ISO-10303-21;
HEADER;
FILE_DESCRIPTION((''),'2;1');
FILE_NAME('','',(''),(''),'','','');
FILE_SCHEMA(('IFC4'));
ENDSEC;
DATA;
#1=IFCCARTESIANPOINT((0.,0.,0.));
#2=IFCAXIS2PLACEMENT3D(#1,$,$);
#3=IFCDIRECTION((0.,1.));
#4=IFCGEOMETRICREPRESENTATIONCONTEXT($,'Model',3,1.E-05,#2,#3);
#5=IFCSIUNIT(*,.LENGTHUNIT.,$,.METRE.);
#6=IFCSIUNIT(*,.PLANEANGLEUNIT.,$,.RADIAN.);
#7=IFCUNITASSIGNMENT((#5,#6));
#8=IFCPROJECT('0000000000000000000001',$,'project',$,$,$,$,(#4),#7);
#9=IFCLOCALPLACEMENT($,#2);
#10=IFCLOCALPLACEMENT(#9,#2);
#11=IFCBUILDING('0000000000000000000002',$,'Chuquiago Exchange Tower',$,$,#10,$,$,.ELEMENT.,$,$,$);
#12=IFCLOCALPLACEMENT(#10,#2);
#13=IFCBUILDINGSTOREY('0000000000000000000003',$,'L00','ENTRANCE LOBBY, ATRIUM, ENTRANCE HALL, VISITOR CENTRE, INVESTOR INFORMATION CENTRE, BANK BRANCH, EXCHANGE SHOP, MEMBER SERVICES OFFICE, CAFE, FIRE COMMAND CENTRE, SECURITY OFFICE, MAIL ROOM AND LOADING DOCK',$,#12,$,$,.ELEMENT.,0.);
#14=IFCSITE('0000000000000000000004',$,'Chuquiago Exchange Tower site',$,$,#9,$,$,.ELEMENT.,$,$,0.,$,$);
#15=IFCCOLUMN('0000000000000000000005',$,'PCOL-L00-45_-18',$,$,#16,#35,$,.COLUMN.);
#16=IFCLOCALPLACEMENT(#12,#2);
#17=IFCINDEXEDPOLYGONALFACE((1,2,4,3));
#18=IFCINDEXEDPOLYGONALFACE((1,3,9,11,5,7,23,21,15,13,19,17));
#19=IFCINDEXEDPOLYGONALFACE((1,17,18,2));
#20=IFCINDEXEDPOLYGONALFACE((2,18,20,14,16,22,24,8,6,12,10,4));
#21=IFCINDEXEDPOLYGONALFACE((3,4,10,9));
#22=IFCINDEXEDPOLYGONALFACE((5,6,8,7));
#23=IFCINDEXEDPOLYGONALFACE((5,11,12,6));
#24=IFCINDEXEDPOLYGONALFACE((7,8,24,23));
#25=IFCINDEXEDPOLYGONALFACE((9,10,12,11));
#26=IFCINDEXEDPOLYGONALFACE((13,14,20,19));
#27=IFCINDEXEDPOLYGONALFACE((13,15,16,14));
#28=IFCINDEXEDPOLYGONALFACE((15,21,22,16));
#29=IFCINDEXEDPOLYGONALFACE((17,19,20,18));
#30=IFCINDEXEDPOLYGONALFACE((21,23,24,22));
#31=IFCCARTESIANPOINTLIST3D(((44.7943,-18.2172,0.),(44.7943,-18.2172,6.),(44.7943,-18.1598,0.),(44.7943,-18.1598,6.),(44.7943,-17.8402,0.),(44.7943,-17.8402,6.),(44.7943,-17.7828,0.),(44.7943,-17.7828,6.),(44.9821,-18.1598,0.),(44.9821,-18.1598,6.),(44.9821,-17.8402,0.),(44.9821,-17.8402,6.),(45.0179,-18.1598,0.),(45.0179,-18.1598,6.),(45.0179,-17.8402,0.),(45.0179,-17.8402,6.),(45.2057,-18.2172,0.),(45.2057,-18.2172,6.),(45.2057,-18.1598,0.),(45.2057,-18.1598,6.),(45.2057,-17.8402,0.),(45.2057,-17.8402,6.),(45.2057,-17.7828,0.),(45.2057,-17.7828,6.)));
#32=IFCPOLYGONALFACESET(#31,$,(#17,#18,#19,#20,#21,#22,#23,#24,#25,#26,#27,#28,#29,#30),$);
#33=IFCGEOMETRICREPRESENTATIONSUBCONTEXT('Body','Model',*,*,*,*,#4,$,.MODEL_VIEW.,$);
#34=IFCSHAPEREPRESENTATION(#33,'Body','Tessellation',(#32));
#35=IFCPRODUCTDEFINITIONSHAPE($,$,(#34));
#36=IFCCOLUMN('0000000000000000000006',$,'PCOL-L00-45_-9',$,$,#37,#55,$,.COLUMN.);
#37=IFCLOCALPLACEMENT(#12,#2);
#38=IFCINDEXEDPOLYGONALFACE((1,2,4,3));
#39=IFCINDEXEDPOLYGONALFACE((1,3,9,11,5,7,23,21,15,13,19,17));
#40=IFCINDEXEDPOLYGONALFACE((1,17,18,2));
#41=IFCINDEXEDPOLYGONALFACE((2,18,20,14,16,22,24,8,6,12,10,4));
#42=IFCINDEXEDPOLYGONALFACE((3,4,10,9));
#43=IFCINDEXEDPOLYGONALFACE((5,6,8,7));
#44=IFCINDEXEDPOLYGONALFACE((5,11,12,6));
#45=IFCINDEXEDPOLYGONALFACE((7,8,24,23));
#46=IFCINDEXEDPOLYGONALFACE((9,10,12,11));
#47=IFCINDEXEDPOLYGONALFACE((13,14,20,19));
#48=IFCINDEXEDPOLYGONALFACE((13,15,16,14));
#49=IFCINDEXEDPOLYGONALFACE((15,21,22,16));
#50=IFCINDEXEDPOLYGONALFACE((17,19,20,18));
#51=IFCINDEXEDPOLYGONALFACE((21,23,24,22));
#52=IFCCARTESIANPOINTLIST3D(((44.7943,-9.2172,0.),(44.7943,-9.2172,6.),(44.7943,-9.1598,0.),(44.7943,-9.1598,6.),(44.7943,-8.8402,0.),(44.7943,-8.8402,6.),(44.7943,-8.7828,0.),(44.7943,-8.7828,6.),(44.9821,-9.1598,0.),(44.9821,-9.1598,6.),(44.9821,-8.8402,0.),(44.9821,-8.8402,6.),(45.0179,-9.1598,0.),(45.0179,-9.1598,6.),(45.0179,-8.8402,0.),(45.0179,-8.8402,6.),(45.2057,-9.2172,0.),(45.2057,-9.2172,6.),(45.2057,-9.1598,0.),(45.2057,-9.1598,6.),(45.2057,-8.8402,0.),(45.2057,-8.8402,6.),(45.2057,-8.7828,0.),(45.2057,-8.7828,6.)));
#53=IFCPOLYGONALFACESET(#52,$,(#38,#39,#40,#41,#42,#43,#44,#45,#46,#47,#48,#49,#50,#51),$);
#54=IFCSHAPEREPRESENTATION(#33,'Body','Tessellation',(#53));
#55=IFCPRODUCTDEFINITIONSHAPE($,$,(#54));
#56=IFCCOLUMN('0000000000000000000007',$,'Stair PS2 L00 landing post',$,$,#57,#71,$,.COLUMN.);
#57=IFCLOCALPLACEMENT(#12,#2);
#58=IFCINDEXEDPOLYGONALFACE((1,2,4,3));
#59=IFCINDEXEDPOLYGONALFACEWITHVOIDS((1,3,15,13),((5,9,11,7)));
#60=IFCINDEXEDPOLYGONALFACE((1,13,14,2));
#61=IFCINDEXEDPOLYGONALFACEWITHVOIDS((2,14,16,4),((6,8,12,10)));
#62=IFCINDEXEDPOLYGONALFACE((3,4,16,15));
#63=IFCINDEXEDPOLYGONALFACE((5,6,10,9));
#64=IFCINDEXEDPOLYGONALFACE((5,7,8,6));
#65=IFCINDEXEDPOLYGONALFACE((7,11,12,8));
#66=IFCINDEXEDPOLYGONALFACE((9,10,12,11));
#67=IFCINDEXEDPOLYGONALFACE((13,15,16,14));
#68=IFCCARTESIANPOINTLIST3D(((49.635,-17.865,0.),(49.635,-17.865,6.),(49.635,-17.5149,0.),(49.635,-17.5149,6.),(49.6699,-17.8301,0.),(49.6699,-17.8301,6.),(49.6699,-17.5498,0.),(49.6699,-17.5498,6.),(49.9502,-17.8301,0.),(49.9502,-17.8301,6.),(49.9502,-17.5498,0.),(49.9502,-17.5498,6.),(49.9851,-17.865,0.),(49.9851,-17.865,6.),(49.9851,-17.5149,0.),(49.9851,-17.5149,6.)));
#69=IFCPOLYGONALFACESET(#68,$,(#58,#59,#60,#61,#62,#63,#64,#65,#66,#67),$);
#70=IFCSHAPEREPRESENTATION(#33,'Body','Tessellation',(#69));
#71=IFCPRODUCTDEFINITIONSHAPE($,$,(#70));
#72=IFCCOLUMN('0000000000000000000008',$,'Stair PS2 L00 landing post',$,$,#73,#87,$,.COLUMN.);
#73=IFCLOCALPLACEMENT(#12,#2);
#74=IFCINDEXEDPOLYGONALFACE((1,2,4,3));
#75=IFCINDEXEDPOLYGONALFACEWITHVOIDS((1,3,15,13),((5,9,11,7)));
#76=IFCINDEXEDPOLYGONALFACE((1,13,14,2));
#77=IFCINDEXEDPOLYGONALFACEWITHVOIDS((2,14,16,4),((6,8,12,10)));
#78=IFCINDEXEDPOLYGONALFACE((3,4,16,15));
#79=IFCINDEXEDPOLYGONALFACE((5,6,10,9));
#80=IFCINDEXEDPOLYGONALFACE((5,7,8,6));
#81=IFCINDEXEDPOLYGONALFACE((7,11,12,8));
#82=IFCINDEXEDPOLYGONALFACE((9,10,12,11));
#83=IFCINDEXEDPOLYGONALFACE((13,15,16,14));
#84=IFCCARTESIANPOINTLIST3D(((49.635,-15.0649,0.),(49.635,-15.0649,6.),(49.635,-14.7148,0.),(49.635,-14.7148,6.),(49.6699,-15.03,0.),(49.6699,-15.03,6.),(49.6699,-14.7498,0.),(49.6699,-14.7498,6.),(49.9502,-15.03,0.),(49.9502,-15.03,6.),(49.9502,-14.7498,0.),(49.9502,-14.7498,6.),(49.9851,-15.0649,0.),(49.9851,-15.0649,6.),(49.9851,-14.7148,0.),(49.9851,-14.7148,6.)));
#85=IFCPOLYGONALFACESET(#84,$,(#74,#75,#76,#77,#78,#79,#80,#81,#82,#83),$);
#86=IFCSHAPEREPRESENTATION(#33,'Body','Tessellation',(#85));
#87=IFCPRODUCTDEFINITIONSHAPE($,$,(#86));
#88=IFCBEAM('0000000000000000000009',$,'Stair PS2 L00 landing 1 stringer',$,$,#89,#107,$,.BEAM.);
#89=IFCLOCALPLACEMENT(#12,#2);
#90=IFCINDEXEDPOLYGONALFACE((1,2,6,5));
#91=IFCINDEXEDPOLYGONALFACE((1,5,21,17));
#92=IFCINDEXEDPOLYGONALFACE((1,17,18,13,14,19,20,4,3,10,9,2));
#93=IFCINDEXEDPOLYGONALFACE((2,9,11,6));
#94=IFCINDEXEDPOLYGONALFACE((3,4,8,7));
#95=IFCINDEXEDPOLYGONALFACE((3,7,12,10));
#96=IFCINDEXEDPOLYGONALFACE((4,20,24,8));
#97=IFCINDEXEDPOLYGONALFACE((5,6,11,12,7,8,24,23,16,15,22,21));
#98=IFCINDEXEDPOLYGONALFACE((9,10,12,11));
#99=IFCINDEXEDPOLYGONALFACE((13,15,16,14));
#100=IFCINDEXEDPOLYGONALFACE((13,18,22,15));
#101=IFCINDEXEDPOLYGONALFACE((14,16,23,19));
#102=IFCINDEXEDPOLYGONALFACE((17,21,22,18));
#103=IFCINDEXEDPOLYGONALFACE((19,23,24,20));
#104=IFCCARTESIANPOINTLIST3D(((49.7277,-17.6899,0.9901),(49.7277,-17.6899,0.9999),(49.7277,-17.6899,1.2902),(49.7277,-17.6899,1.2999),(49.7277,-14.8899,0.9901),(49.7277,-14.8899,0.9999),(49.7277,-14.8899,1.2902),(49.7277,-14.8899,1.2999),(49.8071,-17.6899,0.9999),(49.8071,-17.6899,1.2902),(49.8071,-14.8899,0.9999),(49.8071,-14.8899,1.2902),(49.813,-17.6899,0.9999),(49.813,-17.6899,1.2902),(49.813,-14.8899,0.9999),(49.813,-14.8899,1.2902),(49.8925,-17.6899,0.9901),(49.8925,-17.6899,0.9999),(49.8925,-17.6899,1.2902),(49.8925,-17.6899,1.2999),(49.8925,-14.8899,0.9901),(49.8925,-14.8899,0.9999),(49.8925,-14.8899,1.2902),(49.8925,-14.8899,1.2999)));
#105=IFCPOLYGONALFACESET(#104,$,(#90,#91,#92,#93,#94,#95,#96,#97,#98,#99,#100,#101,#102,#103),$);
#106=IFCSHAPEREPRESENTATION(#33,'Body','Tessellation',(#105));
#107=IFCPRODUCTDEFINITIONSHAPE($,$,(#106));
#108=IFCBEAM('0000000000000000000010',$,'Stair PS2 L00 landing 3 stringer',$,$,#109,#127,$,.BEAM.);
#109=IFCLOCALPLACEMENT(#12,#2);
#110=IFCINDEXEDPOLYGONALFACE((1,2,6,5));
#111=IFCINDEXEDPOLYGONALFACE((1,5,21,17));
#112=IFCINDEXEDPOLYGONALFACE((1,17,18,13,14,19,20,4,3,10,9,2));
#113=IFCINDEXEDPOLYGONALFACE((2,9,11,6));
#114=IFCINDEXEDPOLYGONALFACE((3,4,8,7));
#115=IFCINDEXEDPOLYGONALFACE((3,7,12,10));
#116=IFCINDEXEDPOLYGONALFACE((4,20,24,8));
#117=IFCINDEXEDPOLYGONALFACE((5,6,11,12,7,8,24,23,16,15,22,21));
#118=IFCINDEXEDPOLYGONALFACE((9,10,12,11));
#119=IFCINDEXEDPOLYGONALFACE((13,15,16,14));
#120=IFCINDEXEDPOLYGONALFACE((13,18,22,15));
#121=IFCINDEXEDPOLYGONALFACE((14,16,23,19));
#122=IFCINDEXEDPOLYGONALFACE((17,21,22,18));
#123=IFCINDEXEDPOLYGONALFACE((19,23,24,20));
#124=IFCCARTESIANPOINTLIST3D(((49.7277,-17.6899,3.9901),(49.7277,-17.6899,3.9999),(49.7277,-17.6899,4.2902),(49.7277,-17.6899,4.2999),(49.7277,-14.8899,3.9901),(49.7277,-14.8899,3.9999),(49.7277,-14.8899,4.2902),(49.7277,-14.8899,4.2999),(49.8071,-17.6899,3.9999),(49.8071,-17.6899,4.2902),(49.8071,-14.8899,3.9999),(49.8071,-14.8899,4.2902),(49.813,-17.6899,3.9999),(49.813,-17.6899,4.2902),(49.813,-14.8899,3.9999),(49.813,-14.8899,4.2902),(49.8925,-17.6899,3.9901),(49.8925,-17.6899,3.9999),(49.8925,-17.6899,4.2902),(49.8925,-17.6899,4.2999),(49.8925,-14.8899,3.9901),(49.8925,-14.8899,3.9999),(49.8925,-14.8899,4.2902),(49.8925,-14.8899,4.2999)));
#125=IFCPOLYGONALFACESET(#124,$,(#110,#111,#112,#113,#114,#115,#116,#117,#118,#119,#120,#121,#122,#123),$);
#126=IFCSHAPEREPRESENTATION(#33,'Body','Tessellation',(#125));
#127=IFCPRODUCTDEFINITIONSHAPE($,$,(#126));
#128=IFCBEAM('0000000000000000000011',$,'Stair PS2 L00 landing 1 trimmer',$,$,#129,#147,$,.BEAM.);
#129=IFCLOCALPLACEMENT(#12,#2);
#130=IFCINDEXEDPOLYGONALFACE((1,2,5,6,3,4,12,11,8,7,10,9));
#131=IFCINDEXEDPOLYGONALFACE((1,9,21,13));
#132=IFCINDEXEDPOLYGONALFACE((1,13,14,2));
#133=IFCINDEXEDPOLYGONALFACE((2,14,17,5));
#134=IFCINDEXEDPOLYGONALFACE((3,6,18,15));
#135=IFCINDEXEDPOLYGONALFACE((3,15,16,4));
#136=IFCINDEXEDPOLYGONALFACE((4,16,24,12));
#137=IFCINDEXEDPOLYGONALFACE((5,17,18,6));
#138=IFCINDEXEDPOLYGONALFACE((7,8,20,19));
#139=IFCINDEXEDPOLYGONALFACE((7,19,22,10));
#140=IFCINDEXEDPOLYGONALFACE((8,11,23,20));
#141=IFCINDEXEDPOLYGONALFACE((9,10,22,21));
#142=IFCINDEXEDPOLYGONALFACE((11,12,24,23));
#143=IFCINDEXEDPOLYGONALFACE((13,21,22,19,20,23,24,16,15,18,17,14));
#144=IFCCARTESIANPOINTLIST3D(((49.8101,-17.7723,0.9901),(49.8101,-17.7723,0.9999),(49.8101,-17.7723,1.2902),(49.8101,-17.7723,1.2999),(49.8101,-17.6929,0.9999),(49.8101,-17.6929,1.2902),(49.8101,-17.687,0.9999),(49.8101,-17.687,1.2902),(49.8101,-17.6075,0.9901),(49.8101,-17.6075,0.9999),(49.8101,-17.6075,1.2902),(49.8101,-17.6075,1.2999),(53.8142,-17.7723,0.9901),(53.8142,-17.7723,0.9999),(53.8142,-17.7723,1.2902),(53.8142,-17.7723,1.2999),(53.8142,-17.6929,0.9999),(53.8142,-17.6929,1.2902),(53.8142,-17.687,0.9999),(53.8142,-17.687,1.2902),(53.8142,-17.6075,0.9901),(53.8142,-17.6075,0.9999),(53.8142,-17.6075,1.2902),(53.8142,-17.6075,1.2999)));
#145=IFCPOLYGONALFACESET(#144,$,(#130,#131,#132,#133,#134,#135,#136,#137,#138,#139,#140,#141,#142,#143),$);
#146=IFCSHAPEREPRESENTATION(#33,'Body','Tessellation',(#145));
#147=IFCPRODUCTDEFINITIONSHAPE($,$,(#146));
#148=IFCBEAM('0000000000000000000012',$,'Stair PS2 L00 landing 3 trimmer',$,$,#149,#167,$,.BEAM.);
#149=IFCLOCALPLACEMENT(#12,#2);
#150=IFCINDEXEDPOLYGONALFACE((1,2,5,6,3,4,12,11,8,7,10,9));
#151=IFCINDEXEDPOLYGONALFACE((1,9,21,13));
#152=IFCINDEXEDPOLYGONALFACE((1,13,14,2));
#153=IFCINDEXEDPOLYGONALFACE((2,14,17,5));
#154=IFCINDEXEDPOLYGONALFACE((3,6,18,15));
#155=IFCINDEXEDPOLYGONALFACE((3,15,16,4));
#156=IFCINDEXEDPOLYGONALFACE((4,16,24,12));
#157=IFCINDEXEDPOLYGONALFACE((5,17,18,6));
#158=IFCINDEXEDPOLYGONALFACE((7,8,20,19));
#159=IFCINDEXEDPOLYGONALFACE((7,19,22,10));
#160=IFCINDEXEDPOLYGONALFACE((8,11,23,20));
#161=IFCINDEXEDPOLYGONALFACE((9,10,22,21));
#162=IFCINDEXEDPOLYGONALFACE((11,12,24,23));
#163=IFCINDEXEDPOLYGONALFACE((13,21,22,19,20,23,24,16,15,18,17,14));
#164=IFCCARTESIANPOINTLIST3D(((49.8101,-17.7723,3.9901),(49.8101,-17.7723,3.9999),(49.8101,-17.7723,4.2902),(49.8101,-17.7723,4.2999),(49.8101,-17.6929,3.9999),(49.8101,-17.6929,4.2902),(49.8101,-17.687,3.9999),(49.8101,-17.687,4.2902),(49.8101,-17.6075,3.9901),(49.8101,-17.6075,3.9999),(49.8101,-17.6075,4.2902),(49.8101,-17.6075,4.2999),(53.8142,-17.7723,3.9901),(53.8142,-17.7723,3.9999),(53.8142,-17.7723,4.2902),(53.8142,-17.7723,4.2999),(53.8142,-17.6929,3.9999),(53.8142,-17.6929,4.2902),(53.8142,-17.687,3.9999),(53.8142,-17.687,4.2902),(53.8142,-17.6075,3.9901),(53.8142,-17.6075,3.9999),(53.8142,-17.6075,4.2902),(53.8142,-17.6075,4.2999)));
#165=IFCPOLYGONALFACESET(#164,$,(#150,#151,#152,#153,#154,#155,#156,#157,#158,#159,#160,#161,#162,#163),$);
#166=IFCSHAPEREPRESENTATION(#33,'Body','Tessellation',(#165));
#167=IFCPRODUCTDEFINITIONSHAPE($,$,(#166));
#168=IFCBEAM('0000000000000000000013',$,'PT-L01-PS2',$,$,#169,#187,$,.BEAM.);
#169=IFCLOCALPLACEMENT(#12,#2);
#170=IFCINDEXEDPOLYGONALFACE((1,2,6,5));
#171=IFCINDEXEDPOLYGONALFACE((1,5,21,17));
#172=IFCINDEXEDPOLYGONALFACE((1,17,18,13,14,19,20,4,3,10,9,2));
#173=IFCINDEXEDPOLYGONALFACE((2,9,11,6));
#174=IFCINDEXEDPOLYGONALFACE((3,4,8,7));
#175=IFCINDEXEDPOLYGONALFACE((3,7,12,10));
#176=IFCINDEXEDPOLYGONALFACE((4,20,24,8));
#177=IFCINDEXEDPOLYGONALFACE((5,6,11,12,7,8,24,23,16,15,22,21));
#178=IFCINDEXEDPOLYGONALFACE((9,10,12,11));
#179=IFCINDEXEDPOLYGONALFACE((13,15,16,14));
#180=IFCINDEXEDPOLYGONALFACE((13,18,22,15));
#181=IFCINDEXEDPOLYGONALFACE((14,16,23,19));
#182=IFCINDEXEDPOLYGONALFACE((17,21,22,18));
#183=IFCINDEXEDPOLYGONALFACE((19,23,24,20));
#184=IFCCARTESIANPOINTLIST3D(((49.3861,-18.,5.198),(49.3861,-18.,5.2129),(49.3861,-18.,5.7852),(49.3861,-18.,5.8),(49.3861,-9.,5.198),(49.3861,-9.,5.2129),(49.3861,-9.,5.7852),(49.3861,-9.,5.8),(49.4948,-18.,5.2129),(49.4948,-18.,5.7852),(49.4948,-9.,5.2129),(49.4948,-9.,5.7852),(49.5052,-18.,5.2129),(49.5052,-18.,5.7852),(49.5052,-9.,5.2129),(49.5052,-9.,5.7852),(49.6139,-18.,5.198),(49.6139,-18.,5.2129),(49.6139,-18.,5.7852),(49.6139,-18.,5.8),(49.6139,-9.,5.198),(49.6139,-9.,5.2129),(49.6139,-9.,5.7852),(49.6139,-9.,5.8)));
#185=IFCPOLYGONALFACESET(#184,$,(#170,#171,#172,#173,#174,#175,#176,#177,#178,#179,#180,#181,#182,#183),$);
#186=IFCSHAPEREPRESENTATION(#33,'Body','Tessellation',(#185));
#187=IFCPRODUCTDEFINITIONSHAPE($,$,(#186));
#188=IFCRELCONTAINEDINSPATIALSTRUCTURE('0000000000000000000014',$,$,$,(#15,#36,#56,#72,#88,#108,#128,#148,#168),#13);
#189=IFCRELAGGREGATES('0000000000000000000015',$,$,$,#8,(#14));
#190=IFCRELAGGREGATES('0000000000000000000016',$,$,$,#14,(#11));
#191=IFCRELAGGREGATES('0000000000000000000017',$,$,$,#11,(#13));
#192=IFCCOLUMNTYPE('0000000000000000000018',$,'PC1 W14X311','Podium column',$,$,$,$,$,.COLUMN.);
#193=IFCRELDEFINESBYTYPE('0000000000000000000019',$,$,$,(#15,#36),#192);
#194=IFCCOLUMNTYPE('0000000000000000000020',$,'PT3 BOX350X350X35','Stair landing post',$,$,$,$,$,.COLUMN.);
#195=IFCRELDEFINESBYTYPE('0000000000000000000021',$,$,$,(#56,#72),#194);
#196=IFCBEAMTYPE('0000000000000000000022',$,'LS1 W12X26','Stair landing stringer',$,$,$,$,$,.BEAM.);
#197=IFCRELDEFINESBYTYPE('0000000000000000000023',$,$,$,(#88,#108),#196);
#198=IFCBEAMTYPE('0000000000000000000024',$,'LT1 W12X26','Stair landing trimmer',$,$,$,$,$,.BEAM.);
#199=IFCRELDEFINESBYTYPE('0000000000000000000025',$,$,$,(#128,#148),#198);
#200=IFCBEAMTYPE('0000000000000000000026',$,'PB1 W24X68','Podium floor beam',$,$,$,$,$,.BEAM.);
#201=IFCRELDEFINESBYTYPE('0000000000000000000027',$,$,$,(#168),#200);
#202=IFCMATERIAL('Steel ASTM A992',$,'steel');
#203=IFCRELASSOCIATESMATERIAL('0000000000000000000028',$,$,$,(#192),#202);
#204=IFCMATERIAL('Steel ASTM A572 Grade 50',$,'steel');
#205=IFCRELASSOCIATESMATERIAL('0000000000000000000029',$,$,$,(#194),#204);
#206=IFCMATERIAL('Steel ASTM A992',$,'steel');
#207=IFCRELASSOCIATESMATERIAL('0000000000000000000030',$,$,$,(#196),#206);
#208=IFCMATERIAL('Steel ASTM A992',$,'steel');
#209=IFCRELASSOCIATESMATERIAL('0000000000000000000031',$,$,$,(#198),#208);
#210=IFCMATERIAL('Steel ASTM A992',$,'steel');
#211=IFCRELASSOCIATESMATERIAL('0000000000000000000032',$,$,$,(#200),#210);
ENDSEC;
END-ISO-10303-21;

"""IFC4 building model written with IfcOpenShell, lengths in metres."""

from ifc_helpers import new_model, si_unit, direction, frame, origin, origin_2d, place, context, subcontext, project, spatial, hollow_rectangle, i_section, extrude, material, material_profile, profile_set, type_object, element, save


model = new_model("IFC4")

# Units and contexts
model_context = context("Model", 3, precision=1e-05, world=origin(), true_north=direction((0.0, 1.0)))
body_context = subcontext(model_context, "Body", "Model", "MODEL_VIEW")
ifc_project = project(units=[si_unit("LENGTHUNIT", "METRE"), si_unit("PLANEANGLEUNIT", "RADIAN")], contexts=[model_context])

# Site, building, storey
site_placement = place(None, origin())
site = spatial("IfcSite", under=ifc_project, at=site_placement, Name="Chuquiago Exchange Tower site", CompositionType="ELEMENT", RefElevation=0.0)
building_placement = place(site_placement, origin())
building = spatial("IfcBuilding", under=site, at=building_placement, Name="Chuquiago Exchange Tower", CompositionType="ELEMENT")
storey_placement = place(building_placement, origin())
storey = spatial("IfcBuildingStorey", under=building, at=storey_placement, Name="L00", Description="ENTRANCE LOBBY, ATRIUM, ENTRANCE HALL, VISITOR CENTRE, INVESTOR INFORMATION CENTRE, BANK BRANCH, EXCHANGE SHOP, MEMBER SERVICES OFFICE, CAFE, FIRE COMMAND CENTRE, SECURITY OFFICE, MAIL ROOM AND LOADING DOCK", CompositionType="ELEMENT", Elevation=0.0)

# Columns
ifc_material_1 = material(Name="Steel ASTM A992", Category="steel")
ifc_material_profile_1 = material_profile(ifc_material_1, i_section(OverallWidth=0.4114, OverallDepth=0.4343, WebThickness=0.0359, FlangeThickness=0.0574, at=origin_2d()), Name="W14X311")
ifc_profile_set_1 = profile_set([ifc_material_profile_1], Name="Steel ASTM A992")
column_type_1 = type_object("IfcColumnType", Name="PC1 W14X311", Description="Podium column", PredefinedType="COLUMN", material=ifc_profile_set_1)
for number, where, z_axis, x_axis, name in (
    (1, (45.0, -18.0, 0.0), (0.0, 0.0, 1.0), (1.0, 0.0, 0.0), "PCOL-L00-45_-18"),
    (2, (45.0, -9.0, 0.0), (0.0, 0.0, 1.0), (1.0, 0.0, 0.0), "PCOL-L00-45_-9"),
):
    element("IfcColumn", number, at=place(storey_placement, frame(where, z_axis=z_axis, x_axis=x_axis)), inside=storey, type_object=column_type_1, Name=name, PredefinedType="COLUMN", context=body_context, shape_type="SweptSolid", body=[
        extrude(i_section(OverallWidth=0.4114, OverallDepth=0.4343, WebThickness=0.0359, FlangeThickness=0.0574, at=origin_2d()), origin(), (0.0, 0.0, 1.0), 6.0),
    ])
ifc_material_2 = material(Name="Steel ASTM A572 Grade 50", Category="steel")
ifc_material_profile_2 = material_profile(ifc_material_2, hollow_rectangle(XDim=0.3501, YDim=0.3501, WallThickness=0.0349, at=origin_2d()), Name="BOX350X350X35")
ifc_profile_set_2 = profile_set([ifc_material_profile_2], Name="Steel ASTM A572 Grade 50")
column_type_2 = type_object("IfcColumnType", Name="PT3 BOX350X350X35", Description="Stair landing post", PredefinedType="COLUMN", material=ifc_profile_set_2)
for number, where, z_axis, x_axis, name in (
    (3, (49.8101, -17.6899, 0.0), (0.0, 0.0, 1.0), (1.0, 0.0, 0.0), "Stair PS2 L00 landing post"),
    (4, (49.8101, -14.8899, 0.0), (0.0, 0.0, 1.0), (1.0, 0.0, 0.0), "Stair PS2 L00 landing post"),
):
    element("IfcColumn", number, at=place(storey_placement, frame(where, z_axis=z_axis, x_axis=x_axis)), inside=storey, type_object=column_type_2, Name=name, PredefinedType="COLUMN", context=body_context, shape_type="SweptSolid", body=[
        extrude(hollow_rectangle(XDim=0.3501, YDim=0.3501, WallThickness=0.0349, at=origin_2d()), origin(), (0.0, 0.0, 1.0), 6.0),
    ])

# Beams
ifc_material_3 = material(Name="Steel ASTM A992", Category="steel")
ifc_material_profile_3 = material_profile(ifc_material_3, i_section(OverallWidth=0.1648, OverallDepth=0.3098, WebThickness=0.0059, FlangeThickness=0.0098, at=origin_2d()), Name="W12X26")
ifc_profile_set_3 = profile_set([ifc_material_profile_3], Name="Steel ASTM A992")
beam_type_1 = type_object("IfcBeamType", Name="LS1 W12X26", Description="Stair landing stringer", PredefinedType="BEAM", material=ifc_profile_set_3)
for number, where, z_axis, x_axis, name in (
    (5, (49.8101, -17.6899, 1.145), (0.0, 1.0, 0.0), (-1.0, 0.0, 0.0), "Stair PS2 L00 landing 1 stringer"),
    (6, (49.8101, -17.6899, 4.145), (0.0, 1.0, 0.0), (-1.0, 0.0, 0.0), "Stair PS2 L00 landing 3 stringer"),
):
    element("IfcBeam", number, at=place(storey_placement, frame(where, z_axis=z_axis, x_axis=x_axis)), inside=storey, type_object=beam_type_1, Name=name, PredefinedType="BEAM", context=body_context, shape_type="SweptSolid", body=[
        extrude(i_section(OverallWidth=0.1648, OverallDepth=0.3098, WebThickness=0.0059, FlangeThickness=0.0098, at=origin_2d()), origin(), (0.0, 0.0, 1.0), 2.8),
    ])
ifc_material_4 = material(Name="Steel ASTM A992", Category="steel")
ifc_material_profile_4 = material_profile(ifc_material_4, i_section(OverallWidth=0.1648, OverallDepth=0.3098, WebThickness=0.0059, FlangeThickness=0.0098, at=origin_2d()), Name="W12X26")
ifc_profile_set_4 = profile_set([ifc_material_profile_4], Name="Steel ASTM A992")
beam_type_2 = type_object("IfcBeamType", Name="LT1 W12X26", Description="Stair landing trimmer", PredefinedType="BEAM", material=ifc_profile_set_4)
for number, where, z_axis, x_axis, name in (
    (7, (49.8101, -17.6899, 1.145), (1.0, 0.0, 0.0), (0.0, 1.0, 0.0), "Stair PS2 L00 landing 1 trimmer"),
    (8, (49.8101, -17.6899, 4.145), (1.0, 0.0, 0.0), (0.0, 1.0, 0.0), "Stair PS2 L00 landing 3 trimmer"),
):
    element("IfcBeam", number, at=place(storey_placement, frame(where, z_axis=z_axis, x_axis=x_axis)), inside=storey, type_object=beam_type_2, Name=name, PredefinedType="BEAM", context=body_context, shape_type="SweptSolid", body=[
        extrude(i_section(OverallWidth=0.1648, OverallDepth=0.3098, WebThickness=0.0059, FlangeThickness=0.0098, at=origin_2d()), origin(), (0.0, 0.0, 1.0), 4.0042),
    ])
ifc_material_5 = material(Name="Steel ASTM A992", Category="steel")
ifc_material_profile_5 = material_profile(ifc_material_5, i_section(OverallWidth=0.2278, OverallDepth=0.6021, WebThickness=0.0105, FlangeThickness=0.0149, at=origin_2d()), Name="W24X68")
ifc_profile_set_5 = profile_set([ifc_material_profile_5], Name="Steel ASTM A992")
beam_type_3 = type_object("IfcBeamType", Name="PB1 W24X68", Description="Podium floor beam", PredefinedType="BEAM", material=ifc_profile_set_5)
beam_placement = place(storey_placement, frame((49.5, -18.0, 5.499), z_axis=(0.0, 1.0, 0.0), x_axis=(-1.0, 0.0, 0.0)))
element("IfcBeam", 9, at=beam_placement, inside=storey, type_object=beam_type_3, Name="PT-L01-PS2", PredefinedType="BEAM", context=body_context, shape_type="SweptSolid", body=[
    extrude(i_section(OverallWidth=0.2278, OverallDepth=0.6021, WebThickness=0.0105, FlangeThickness=0.0149, at=origin_2d()), origin(), (0.0, 0.0, 1.0), 9.0),
])

save(model, "model.ifc")
